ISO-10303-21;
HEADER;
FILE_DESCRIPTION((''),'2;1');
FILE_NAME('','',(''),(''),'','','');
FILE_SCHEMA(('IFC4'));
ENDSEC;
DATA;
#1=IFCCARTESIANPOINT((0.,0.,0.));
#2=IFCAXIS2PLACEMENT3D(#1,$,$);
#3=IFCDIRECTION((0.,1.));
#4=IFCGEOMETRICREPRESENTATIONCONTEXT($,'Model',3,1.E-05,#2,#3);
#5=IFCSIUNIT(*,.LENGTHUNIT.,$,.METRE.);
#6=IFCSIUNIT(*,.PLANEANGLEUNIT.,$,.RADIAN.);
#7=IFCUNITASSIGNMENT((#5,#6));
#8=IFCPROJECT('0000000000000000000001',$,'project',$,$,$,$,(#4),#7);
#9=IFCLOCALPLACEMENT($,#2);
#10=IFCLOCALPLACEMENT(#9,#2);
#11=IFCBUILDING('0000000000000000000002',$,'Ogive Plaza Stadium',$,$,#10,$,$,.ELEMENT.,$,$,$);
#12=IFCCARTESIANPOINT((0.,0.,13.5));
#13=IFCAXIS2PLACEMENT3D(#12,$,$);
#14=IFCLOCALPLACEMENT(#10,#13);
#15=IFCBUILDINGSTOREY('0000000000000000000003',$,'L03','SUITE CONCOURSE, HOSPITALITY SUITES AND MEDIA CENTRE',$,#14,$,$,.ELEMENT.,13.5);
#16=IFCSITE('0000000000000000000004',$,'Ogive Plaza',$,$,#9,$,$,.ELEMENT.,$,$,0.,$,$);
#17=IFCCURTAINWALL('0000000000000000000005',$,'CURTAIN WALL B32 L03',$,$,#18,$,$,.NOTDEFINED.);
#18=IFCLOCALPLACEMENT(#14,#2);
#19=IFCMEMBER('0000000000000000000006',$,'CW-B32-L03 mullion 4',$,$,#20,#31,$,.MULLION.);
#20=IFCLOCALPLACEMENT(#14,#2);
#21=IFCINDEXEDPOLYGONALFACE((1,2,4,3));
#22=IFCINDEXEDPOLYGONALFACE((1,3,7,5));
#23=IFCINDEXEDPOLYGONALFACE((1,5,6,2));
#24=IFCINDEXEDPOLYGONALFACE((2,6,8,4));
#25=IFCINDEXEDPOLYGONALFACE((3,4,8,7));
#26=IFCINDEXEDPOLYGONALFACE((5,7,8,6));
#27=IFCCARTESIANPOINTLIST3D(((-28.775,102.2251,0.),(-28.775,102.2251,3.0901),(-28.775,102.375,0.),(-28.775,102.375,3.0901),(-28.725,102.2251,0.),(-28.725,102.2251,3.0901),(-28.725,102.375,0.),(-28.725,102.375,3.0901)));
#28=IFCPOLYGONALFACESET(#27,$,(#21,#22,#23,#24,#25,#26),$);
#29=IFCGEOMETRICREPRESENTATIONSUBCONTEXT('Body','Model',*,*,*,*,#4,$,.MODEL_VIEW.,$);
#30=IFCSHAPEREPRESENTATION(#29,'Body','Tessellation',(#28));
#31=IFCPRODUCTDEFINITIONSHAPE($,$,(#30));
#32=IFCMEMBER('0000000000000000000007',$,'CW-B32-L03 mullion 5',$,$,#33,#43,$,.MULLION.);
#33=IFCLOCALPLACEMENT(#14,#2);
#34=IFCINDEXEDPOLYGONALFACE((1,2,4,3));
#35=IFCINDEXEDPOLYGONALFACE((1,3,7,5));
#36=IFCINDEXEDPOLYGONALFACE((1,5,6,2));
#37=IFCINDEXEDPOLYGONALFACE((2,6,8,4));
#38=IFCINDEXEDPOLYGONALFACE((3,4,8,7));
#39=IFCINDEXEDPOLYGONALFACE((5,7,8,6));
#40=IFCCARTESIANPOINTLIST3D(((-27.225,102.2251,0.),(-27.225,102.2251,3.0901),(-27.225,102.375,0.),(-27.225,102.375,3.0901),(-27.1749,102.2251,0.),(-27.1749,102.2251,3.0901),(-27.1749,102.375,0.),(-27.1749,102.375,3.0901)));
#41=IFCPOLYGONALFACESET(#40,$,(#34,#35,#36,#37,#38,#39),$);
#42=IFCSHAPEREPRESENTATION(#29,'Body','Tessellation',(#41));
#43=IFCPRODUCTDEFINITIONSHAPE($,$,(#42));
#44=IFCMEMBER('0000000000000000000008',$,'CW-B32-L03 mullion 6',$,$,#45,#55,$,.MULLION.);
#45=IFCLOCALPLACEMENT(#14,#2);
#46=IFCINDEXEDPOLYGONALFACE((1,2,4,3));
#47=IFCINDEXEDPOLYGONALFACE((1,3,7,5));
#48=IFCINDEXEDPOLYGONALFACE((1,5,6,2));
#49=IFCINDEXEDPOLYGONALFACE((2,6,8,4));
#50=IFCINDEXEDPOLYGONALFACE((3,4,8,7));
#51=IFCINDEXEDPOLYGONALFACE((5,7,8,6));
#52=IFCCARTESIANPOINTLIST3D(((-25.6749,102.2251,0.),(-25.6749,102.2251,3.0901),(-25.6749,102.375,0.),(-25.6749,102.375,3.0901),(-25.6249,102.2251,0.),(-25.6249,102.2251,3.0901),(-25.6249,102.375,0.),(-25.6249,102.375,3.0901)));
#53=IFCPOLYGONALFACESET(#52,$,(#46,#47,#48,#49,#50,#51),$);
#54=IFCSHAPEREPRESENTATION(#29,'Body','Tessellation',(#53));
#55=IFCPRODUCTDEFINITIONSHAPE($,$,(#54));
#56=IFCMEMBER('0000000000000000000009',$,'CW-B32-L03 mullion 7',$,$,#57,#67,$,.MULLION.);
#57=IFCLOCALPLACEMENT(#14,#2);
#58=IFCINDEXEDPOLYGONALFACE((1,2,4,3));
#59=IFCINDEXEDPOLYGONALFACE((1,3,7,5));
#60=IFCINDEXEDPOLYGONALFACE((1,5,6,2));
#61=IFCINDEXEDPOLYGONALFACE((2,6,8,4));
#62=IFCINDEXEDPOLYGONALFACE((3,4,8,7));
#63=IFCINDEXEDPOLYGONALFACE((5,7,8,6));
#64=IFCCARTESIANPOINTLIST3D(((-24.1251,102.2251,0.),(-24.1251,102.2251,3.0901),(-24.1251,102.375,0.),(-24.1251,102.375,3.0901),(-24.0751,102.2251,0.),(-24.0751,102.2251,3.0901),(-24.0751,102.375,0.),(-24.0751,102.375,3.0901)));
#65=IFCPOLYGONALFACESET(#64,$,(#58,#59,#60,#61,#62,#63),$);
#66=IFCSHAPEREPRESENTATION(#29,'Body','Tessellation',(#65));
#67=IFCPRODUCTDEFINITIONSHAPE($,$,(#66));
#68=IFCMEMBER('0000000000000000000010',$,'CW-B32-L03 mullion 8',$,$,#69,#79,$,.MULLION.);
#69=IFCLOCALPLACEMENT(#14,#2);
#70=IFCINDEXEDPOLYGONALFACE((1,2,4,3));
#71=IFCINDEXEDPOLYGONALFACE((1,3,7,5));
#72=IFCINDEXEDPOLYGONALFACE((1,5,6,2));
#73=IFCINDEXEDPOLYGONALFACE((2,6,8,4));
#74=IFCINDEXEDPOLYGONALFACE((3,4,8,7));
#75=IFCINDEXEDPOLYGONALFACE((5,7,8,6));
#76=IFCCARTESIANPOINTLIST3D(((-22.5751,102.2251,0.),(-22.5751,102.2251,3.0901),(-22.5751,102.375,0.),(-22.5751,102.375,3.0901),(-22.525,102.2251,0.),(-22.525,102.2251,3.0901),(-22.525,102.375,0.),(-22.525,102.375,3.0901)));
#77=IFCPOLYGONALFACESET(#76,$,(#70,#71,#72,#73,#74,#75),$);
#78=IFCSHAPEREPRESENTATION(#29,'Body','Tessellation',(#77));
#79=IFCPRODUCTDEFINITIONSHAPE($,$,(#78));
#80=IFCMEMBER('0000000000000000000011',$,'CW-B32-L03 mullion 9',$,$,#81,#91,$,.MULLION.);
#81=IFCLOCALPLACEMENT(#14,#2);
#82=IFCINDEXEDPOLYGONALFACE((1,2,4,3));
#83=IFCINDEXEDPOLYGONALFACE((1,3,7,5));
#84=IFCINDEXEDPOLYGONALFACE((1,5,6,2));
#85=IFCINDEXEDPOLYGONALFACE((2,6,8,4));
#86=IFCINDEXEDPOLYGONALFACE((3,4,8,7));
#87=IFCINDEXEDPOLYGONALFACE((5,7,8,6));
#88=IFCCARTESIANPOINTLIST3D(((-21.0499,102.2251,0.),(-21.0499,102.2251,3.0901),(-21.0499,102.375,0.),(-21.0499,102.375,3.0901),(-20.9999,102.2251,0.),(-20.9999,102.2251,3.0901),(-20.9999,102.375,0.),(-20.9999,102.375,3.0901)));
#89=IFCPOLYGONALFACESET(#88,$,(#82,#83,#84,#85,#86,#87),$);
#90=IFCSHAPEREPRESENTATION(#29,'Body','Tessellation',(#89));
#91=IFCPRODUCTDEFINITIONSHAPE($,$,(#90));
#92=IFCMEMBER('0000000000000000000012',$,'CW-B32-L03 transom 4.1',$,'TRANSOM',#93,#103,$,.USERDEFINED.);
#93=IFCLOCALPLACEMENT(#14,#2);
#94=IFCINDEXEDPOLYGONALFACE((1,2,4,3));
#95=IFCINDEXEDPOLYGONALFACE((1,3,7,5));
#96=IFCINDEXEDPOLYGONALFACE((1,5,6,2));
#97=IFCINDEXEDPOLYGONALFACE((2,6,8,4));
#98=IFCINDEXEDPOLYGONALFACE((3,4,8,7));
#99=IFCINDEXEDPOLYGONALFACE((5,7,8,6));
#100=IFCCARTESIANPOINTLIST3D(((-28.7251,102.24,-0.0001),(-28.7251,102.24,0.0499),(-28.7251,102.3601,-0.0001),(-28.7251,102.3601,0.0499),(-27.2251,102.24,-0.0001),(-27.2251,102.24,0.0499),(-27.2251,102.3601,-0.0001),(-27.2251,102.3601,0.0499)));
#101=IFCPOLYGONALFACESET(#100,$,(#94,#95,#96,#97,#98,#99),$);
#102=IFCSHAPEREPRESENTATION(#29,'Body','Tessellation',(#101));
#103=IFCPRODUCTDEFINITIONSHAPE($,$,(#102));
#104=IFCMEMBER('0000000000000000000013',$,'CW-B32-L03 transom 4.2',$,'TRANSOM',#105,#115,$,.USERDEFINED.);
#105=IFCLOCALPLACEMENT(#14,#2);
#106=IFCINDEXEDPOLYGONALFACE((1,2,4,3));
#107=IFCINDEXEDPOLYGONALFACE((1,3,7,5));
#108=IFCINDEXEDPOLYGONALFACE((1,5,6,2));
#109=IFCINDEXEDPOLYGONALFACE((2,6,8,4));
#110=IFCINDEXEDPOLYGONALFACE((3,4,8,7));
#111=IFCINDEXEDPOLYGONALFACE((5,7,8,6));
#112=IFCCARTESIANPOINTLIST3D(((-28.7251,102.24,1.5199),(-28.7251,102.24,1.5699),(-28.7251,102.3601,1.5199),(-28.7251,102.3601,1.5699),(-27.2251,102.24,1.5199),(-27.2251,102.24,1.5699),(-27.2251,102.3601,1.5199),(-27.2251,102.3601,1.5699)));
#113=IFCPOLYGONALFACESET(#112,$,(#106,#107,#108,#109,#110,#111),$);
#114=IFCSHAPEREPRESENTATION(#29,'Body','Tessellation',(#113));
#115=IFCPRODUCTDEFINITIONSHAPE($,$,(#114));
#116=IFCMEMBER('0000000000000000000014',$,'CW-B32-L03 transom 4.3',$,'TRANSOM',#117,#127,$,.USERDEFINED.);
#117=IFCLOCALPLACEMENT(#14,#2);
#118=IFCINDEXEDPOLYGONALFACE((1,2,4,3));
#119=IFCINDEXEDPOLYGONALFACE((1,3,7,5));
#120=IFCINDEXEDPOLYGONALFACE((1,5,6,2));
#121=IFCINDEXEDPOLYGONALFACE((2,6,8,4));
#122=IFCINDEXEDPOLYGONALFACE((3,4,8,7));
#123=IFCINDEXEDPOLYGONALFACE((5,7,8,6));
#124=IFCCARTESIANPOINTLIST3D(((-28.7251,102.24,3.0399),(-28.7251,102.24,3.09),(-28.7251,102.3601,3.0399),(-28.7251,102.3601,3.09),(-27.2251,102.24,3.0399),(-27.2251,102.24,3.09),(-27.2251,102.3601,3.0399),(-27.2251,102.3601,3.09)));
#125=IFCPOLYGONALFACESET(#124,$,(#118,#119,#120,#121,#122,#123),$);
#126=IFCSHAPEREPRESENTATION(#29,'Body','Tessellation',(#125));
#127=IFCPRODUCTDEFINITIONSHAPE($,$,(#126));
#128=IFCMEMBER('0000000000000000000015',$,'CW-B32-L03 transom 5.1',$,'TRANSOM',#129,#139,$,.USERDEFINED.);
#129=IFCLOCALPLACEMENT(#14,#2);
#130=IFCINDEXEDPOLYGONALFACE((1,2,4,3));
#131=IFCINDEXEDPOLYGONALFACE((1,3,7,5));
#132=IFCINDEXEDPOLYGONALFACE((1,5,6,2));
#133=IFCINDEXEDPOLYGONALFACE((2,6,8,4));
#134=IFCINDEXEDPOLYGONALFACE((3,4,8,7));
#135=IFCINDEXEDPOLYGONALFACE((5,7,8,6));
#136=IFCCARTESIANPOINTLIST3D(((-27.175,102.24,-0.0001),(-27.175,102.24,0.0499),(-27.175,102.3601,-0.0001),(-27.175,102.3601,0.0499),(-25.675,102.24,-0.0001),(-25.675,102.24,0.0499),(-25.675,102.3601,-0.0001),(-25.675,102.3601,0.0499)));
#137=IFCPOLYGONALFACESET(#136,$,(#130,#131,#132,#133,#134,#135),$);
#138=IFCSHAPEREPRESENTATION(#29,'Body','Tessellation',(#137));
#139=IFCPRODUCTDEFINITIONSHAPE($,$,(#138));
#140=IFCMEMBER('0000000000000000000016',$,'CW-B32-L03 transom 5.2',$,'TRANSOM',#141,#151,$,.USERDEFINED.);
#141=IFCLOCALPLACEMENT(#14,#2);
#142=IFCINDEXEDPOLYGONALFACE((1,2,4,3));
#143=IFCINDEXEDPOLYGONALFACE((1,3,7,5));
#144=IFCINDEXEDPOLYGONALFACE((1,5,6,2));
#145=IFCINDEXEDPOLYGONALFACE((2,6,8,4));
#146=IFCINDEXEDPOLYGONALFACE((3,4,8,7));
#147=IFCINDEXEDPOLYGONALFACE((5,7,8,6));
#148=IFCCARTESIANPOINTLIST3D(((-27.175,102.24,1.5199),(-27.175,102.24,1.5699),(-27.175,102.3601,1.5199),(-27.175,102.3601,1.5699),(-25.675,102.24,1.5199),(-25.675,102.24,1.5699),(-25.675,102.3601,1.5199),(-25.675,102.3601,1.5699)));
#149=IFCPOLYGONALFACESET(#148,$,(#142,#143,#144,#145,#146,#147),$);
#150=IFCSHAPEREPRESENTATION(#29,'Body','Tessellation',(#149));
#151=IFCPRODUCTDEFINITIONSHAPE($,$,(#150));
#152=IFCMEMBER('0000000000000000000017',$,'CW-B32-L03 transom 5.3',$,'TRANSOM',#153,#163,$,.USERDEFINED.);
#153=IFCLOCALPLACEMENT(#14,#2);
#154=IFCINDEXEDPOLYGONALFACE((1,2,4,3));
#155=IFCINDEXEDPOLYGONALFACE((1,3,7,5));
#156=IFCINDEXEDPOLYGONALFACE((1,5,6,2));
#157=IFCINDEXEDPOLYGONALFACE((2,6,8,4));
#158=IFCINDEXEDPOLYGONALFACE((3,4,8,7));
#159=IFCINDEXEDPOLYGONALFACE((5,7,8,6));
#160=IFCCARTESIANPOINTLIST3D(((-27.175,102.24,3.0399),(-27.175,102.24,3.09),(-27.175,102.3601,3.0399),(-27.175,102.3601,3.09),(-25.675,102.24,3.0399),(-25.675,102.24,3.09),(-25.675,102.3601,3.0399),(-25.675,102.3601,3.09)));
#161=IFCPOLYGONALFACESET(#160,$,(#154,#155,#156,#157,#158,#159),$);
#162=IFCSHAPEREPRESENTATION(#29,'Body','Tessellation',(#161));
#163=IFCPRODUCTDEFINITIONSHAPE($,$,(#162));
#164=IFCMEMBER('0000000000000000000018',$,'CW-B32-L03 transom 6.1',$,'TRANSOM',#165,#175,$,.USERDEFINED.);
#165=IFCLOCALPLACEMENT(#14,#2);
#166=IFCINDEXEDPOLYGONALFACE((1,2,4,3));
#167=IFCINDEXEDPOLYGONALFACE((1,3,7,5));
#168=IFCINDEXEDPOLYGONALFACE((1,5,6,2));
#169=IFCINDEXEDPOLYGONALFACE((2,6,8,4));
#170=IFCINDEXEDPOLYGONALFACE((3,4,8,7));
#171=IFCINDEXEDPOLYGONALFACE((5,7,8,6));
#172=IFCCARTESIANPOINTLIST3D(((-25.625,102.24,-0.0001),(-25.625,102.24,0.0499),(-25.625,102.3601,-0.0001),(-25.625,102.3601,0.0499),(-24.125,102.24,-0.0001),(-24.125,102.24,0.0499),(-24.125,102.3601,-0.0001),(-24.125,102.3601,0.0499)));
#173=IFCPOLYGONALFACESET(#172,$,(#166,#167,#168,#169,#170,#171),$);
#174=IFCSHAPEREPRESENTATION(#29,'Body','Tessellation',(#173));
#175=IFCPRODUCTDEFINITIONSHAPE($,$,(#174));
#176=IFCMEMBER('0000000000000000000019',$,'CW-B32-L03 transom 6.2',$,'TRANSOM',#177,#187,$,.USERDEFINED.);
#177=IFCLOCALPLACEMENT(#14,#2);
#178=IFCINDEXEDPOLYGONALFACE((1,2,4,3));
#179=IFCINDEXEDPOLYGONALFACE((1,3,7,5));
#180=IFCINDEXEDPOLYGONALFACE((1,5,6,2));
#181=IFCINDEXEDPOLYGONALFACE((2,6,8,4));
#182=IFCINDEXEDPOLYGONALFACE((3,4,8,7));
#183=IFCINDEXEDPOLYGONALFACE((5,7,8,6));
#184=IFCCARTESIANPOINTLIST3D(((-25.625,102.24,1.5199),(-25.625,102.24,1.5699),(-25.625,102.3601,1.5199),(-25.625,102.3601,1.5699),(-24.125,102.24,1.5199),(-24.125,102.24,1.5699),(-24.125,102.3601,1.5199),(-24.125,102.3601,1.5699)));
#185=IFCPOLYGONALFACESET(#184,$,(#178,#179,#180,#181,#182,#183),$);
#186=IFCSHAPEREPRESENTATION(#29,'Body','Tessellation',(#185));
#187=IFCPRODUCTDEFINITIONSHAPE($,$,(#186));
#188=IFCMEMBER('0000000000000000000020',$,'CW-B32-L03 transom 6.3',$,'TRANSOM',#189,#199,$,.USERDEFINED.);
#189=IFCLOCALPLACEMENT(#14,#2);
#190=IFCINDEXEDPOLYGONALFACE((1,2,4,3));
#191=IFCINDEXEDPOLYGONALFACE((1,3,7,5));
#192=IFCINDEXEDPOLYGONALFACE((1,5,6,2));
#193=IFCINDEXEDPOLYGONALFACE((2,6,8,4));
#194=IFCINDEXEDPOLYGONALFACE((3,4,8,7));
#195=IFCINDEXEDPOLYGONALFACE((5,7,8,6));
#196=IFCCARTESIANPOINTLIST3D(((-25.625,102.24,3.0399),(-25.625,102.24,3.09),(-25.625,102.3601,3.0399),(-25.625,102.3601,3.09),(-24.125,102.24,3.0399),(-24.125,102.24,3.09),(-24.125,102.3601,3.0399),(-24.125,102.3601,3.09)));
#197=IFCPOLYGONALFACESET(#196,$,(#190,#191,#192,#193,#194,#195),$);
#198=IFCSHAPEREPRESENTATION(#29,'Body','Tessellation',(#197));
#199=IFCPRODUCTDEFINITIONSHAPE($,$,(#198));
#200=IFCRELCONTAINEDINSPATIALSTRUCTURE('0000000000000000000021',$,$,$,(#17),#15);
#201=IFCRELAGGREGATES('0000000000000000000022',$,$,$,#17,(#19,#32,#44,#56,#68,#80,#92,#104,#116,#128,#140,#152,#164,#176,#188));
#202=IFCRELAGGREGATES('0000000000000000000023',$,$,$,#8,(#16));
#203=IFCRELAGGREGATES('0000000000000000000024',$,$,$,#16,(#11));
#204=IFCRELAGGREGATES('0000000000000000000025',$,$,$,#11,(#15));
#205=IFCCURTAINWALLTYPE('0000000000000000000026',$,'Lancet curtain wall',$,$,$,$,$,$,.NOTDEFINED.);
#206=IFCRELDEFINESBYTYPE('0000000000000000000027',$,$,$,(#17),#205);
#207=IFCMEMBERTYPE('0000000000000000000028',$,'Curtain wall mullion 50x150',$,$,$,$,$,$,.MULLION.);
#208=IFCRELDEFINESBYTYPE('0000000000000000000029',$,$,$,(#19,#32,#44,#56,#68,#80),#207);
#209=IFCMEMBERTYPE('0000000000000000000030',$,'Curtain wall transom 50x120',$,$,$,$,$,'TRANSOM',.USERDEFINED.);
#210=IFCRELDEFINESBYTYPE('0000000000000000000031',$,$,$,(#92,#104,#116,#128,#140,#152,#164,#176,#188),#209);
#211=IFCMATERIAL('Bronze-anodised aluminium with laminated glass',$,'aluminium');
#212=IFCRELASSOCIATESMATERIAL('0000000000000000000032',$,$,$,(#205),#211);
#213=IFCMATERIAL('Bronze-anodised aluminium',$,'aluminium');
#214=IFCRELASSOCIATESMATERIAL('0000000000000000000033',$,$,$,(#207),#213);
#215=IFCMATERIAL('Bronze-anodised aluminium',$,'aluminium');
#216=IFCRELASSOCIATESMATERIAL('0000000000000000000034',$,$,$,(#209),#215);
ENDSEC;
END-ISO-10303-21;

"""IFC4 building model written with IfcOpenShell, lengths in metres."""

from ifc_helpers import new_model, si_unit, direction, frame, origin, origin_2d, place, context, subcontext, project, spatial, rectangle, extrude, material, material_profile, profile_set, type_object, element, aggregate, save


model = new_model("IFC4")

# Units and contexts
model_context = context("Model", 3, precision=1e-05, world=origin(), true_north=direction((0.0, 1.0)))
body_context = subcontext(model_context, "Body", "Model", "MODEL_VIEW")
ifc_project = project(units=[si_unit("LENGTHUNIT", "METRE"), si_unit("PLANEANGLEUNIT", "RADIAN")], contexts=[model_context])

# Site, building, storey
site_placement = place(None, origin())
site = spatial("IfcSite", under=ifc_project, at=site_placement, Name="Ogive Plaza", CompositionType="ELEMENT", RefElevation=0.0)
building_placement = place(site_placement, origin())
building = spatial("IfcBuilding", under=site, at=building_placement, Name="Ogive Plaza Stadium", CompositionType="ELEMENT")
storey_placement = place(building_placement, frame((0.0, 0.0, 13.5)))
storey = spatial("IfcBuildingStorey", under=building, at=storey_placement, Name="L03", Description="SUITE CONCOURSE, HOSPITALITY SUITES AND MEDIA CENTRE", CompositionType="ELEMENT", Elevation=13.5)

# Curtain wall, members
ifc_material_1 = material(Name="Bronze-anodised aluminium with laminated glass", Category="aluminium")
curtain_wall_type = type_object("IfcCurtainWallType", Name="Lancet curtain wall", PredefinedType="NOTDEFINED", material=ifc_material_1)
curtain_wall_placement = place(storey_placement, origin())
curtain_wall = element("IfcCurtainWall", 1, at=curtain_wall_placement, inside=storey, type_object=curtain_wall_type, Name="CURTAIN WALL B32 L03", PredefinedType="NOTDEFINED")
ifc_material_2 = material(Name="Bronze-anodised aluminium", Category="aluminium")
ifc_material_profile_1 = material_profile(ifc_material_2, rectangle(XDim=0.1499, YDim=0.05, at=origin_2d()), Name="AL 150x50")
ifc_profile_set_1 = profile_set([ifc_material_profile_1], Name="Bronze-anodised aluminium")
member_type_1 = type_object("IfcMemberType", Name="Curtain wall mullion 50x150", PredefinedType="MULLION", material=ifc_profile_set_1)
member_1_placement = place(storey_placement, frame((-28.75, 102.3, 0.0), z_axis=(0.0, 0.0, 1.0), x_axis=(0.0, 1.0, 0.0)))
member_1 = element("IfcMember", 2, at=member_1_placement, type_object=member_type_1, Name="CW-B32-L03 mullion 4", PredefinedType="MULLION", context=body_context, shape_type="SweptSolid", body=[
    extrude(rectangle(XDim=0.1499, YDim=0.05, at=origin_2d()), origin(), (0.0, 0.0, 1.0), 3.0901),
])
member_2_placement = place(storey_placement, frame((-27.2, 102.3, 0.0), z_axis=(0.0, 0.0, 1.0), x_axis=(0.0, 1.0, 0.0)))
member_2 = element("IfcMember", 3, at=member_2_placement, type_object=member_type_1, Name="CW-B32-L03 mullion 5", PredefinedType="MULLION", context=body_context, shape_type="SweptSolid", body=[
    extrude(rectangle(XDim=0.1499, YDim=0.05, at=origin_2d()), origin(), (0.0, 0.0, 1.0), 3.0901),
])
member_3_placement = place(storey_placement, frame((-25.6499, 102.3, 0.0), z_axis=(0.0, 0.0, 1.0), x_axis=(0.0, 1.0, 0.0)))
member_3 = element("IfcMember", 4, at=member_3_placement, type_object=member_type_1, Name="CW-B32-L03 mullion 6", PredefinedType="MULLION", context=body_context, shape_type="SweptSolid", body=[
    extrude(rectangle(XDim=0.1499, YDim=0.05, at=origin_2d()), origin(), (0.0, 0.0, 1.0), 3.0901),
])
member_4_placement = place(storey_placement, frame((-24.1001, 102.3, 0.0), z_axis=(0.0, 0.0, 1.0), x_axis=(0.0, 1.0, 0.0)))
member_4 = element("IfcMember", 5, at=member_4_placement, type_object=member_type_1, Name="CW-B32-L03 mullion 7", PredefinedType="MULLION", context=body_context, shape_type="SweptSolid", body=[
    extrude(rectangle(XDim=0.1499, YDim=0.05, at=origin_2d()), origin(), (0.0, 0.0, 1.0), 3.0901),
])
member_5_placement = place(storey_placement, frame((-22.55, 102.3, 0.0), z_axis=(0.0, 0.0, 1.0), x_axis=(0.0, 1.0, 0.0)))
member_5 = element("IfcMember", 6, at=member_5_placement, type_object=member_type_1, Name="CW-B32-L03 mullion 8", PredefinedType="MULLION", context=body_context, shape_type="SweptSolid", body=[
    extrude(rectangle(XDim=0.1499, YDim=0.05, at=origin_2d()), origin(), (0.0, 0.0, 1.0), 3.0901),
])
member_6_placement = place(storey_placement, frame((-21.0249, 102.3, 0.0), z_axis=(0.0, 0.0, 1.0), x_axis=(0.0, 1.0, 0.0)))
member_6 = element("IfcMember", 7, at=member_6_placement, type_object=member_type_1, Name="CW-B32-L03 mullion 9", PredefinedType="MULLION", context=body_context, shape_type="SweptSolid", body=[
    extrude(rectangle(XDim=0.1499, YDim=0.05, at=origin_2d()), origin(), (0.0, 0.0, 1.0), 3.0901),
])
ifc_material_3 = material(Name="Bronze-anodised aluminium", Category="aluminium")
ifc_material_profile_2 = material_profile(ifc_material_3, rectangle(XDim=0.1201, YDim=0.05, at=origin_2d()), Name="AL 120x50")
ifc_profile_set_2 = profile_set([ifc_material_profile_2], Name="Bronze-anodised aluminium")
member_type_2 = type_object("IfcMemberType", Name="Curtain wall transom 50x120", ElementType="TRANSOM", PredefinedType="USERDEFINED", material=ifc_profile_set_2)
member_7_placement = place(storey_placement, frame((-28.7251, 102.3, 0.0249), z_axis=(1.0, 0.0, 0.0), x_axis=(0.0, 1.0, 0.0)))
member_7 = element("IfcMember", 8, at=member_7_placement, type_object=member_type_2, Name="CW-B32-L03 transom 4.1", ObjectType="TRANSOM", PredefinedType="USERDEFINED", context=body_context, shape_type="SweptSolid", body=[
    extrude(rectangle(XDim=0.1201, YDim=0.05, at=origin_2d()), origin(), (0.0, 0.0, 1.0), 1.5),
])
member_8_placement = place(storey_placement, frame((-28.7251, 102.3, 1.5449), z_axis=(1.0, 0.0, 0.0), x_axis=(0.0, 1.0, 0.0)))
member_8 = element("IfcMember", 9, at=member_8_placement, type_object=member_type_2, Name="CW-B32-L03 transom 4.2", ObjectType="TRANSOM", PredefinedType="USERDEFINED", context=body_context, shape_type="SweptSolid", body=[
    extrude(rectangle(XDim=0.1201, YDim=0.05, at=origin_2d()), origin(), (0.0, 0.0, 1.0), 1.5),
])
member_9_placement = place(storey_placement, frame((-28.7251, 102.3, 3.0649), z_axis=(1.0, 0.0, 0.0), x_axis=(0.0, 1.0, 0.0)))
member_9 = element("IfcMember", 10, at=member_9_placement, type_object=member_type_2, Name="CW-B32-L03 transom 4.3", ObjectType="TRANSOM", PredefinedType="USERDEFINED", context=body_context, shape_type="SweptSolid", body=[
    extrude(rectangle(XDim=0.1201, YDim=0.05, at=origin_2d()), origin(), (0.0, 0.0, 1.0), 1.5),
])
member_10_placement = place(storey_placement, frame((-27.175, 102.3, 0.0249), z_axis=(1.0, 0.0, 0.0), x_axis=(0.0, 1.0, 0.0)))
member_10 = element("IfcMember", 11, at=member_10_placement, type_object=member_type_2, Name="CW-B32-L03 transom 5.1", ObjectType="TRANSOM", PredefinedType="USERDEFINED", context=body_context, shape_type="SweptSolid", body=[
    extrude(rectangle(XDim=0.1201, YDim=0.05, at=origin_2d()), origin(), (0.0, 0.0, 1.0), 1.5),
])
member_11_placement = place(storey_placement, frame((-27.175, 102.3, 1.5449), z_axis=(1.0, 0.0, 0.0), x_axis=(0.0, 1.0, 0.0)))
member_11 = element("IfcMember", 12, at=member_11_placement, type_object=member_type_2, Name="CW-B32-L03 transom 5.2", ObjectType="TRANSOM", PredefinedType="USERDEFINED", context=body_context, shape_type="SweptSolid", body=[
    extrude(rectangle(XDim=0.1201, YDim=0.05, at=origin_2d()), origin(), (0.0, 0.0, 1.0), 1.5),
])
member_12_placement = place(storey_placement, frame((-27.175, 102.3, 3.0649), z_axis=(1.0, 0.0, 0.0), x_axis=(0.0, 1.0, 0.0)))
member_12 = element("IfcMember", 13, at=member_12_placement, type_object=member_type_2, Name="CW-B32-L03 transom 5.3", ObjectType="TRANSOM", PredefinedType="USERDEFINED", context=body_context, shape_type="SweptSolid", body=[
    extrude(rectangle(XDim=0.1201, YDim=0.05, at=origin_2d()), origin(), (0.0, 0.0, 1.0), 1.5),
])
member_13_placement = place(storey_placement, frame((-25.625, 102.3, 0.0249), z_axis=(1.0, 0.0, 0.0), x_axis=(0.0, 1.0, 0.0)))
member_13 = element("IfcMember", 14, at=member_13_placement, type_object=member_type_2, Name="CW-B32-L03 transom 6.1", ObjectType="TRANSOM", PredefinedType="USERDEFINED", context=body_context, shape_type="SweptSolid", body=[
    extrude(rectangle(XDim=0.1201, YDim=0.05, at=origin_2d()), origin(), (0.0, 0.0, 1.0), 1.5),
])
member_14_placement = place(storey_placement, frame((-25.625, 102.3, 1.5449), z_axis=(1.0, 0.0, 0.0), x_axis=(0.0, 1.0, 0.0)))
member_14 = element("IfcMember", 15, at=member_14_placement, type_object=member_type_2, Name="CW-B32-L03 transom 6.2", ObjectType="TRANSOM", PredefinedType="USERDEFINED", context=body_context, shape_type="SweptSolid", body=[
    extrude(rectangle(XDim=0.1201, YDim=0.05, at=origin_2d()), origin(), (0.0, 0.0, 1.0), 1.5),
])
member_15_placement = place(storey_placement, frame((-25.625, 102.3, 3.0649), z_axis=(1.0, 0.0, 0.0), x_axis=(0.0, 1.0, 0.0)))
member_15 = element("IfcMember", 16, at=member_15_placement, type_object=member_type_2, Name="CW-B32-L03 transom 6.3", ObjectType="TRANSOM", PredefinedType="USERDEFINED", context=body_context, shape_type="SweptSolid", body=[
    extrude(rectangle(XDim=0.1201, YDim=0.05, at=origin_2d()), origin(), (0.0, 0.0, 1.0), 1.5),
])
aggregate(curtain_wall, [member_1, member_2, member_3, member_4, member_5, member_6, member_7, member_8, member_9, member_10, member_11, member_12, member_13, member_14, member_15])

save(model, "model.ifc")
